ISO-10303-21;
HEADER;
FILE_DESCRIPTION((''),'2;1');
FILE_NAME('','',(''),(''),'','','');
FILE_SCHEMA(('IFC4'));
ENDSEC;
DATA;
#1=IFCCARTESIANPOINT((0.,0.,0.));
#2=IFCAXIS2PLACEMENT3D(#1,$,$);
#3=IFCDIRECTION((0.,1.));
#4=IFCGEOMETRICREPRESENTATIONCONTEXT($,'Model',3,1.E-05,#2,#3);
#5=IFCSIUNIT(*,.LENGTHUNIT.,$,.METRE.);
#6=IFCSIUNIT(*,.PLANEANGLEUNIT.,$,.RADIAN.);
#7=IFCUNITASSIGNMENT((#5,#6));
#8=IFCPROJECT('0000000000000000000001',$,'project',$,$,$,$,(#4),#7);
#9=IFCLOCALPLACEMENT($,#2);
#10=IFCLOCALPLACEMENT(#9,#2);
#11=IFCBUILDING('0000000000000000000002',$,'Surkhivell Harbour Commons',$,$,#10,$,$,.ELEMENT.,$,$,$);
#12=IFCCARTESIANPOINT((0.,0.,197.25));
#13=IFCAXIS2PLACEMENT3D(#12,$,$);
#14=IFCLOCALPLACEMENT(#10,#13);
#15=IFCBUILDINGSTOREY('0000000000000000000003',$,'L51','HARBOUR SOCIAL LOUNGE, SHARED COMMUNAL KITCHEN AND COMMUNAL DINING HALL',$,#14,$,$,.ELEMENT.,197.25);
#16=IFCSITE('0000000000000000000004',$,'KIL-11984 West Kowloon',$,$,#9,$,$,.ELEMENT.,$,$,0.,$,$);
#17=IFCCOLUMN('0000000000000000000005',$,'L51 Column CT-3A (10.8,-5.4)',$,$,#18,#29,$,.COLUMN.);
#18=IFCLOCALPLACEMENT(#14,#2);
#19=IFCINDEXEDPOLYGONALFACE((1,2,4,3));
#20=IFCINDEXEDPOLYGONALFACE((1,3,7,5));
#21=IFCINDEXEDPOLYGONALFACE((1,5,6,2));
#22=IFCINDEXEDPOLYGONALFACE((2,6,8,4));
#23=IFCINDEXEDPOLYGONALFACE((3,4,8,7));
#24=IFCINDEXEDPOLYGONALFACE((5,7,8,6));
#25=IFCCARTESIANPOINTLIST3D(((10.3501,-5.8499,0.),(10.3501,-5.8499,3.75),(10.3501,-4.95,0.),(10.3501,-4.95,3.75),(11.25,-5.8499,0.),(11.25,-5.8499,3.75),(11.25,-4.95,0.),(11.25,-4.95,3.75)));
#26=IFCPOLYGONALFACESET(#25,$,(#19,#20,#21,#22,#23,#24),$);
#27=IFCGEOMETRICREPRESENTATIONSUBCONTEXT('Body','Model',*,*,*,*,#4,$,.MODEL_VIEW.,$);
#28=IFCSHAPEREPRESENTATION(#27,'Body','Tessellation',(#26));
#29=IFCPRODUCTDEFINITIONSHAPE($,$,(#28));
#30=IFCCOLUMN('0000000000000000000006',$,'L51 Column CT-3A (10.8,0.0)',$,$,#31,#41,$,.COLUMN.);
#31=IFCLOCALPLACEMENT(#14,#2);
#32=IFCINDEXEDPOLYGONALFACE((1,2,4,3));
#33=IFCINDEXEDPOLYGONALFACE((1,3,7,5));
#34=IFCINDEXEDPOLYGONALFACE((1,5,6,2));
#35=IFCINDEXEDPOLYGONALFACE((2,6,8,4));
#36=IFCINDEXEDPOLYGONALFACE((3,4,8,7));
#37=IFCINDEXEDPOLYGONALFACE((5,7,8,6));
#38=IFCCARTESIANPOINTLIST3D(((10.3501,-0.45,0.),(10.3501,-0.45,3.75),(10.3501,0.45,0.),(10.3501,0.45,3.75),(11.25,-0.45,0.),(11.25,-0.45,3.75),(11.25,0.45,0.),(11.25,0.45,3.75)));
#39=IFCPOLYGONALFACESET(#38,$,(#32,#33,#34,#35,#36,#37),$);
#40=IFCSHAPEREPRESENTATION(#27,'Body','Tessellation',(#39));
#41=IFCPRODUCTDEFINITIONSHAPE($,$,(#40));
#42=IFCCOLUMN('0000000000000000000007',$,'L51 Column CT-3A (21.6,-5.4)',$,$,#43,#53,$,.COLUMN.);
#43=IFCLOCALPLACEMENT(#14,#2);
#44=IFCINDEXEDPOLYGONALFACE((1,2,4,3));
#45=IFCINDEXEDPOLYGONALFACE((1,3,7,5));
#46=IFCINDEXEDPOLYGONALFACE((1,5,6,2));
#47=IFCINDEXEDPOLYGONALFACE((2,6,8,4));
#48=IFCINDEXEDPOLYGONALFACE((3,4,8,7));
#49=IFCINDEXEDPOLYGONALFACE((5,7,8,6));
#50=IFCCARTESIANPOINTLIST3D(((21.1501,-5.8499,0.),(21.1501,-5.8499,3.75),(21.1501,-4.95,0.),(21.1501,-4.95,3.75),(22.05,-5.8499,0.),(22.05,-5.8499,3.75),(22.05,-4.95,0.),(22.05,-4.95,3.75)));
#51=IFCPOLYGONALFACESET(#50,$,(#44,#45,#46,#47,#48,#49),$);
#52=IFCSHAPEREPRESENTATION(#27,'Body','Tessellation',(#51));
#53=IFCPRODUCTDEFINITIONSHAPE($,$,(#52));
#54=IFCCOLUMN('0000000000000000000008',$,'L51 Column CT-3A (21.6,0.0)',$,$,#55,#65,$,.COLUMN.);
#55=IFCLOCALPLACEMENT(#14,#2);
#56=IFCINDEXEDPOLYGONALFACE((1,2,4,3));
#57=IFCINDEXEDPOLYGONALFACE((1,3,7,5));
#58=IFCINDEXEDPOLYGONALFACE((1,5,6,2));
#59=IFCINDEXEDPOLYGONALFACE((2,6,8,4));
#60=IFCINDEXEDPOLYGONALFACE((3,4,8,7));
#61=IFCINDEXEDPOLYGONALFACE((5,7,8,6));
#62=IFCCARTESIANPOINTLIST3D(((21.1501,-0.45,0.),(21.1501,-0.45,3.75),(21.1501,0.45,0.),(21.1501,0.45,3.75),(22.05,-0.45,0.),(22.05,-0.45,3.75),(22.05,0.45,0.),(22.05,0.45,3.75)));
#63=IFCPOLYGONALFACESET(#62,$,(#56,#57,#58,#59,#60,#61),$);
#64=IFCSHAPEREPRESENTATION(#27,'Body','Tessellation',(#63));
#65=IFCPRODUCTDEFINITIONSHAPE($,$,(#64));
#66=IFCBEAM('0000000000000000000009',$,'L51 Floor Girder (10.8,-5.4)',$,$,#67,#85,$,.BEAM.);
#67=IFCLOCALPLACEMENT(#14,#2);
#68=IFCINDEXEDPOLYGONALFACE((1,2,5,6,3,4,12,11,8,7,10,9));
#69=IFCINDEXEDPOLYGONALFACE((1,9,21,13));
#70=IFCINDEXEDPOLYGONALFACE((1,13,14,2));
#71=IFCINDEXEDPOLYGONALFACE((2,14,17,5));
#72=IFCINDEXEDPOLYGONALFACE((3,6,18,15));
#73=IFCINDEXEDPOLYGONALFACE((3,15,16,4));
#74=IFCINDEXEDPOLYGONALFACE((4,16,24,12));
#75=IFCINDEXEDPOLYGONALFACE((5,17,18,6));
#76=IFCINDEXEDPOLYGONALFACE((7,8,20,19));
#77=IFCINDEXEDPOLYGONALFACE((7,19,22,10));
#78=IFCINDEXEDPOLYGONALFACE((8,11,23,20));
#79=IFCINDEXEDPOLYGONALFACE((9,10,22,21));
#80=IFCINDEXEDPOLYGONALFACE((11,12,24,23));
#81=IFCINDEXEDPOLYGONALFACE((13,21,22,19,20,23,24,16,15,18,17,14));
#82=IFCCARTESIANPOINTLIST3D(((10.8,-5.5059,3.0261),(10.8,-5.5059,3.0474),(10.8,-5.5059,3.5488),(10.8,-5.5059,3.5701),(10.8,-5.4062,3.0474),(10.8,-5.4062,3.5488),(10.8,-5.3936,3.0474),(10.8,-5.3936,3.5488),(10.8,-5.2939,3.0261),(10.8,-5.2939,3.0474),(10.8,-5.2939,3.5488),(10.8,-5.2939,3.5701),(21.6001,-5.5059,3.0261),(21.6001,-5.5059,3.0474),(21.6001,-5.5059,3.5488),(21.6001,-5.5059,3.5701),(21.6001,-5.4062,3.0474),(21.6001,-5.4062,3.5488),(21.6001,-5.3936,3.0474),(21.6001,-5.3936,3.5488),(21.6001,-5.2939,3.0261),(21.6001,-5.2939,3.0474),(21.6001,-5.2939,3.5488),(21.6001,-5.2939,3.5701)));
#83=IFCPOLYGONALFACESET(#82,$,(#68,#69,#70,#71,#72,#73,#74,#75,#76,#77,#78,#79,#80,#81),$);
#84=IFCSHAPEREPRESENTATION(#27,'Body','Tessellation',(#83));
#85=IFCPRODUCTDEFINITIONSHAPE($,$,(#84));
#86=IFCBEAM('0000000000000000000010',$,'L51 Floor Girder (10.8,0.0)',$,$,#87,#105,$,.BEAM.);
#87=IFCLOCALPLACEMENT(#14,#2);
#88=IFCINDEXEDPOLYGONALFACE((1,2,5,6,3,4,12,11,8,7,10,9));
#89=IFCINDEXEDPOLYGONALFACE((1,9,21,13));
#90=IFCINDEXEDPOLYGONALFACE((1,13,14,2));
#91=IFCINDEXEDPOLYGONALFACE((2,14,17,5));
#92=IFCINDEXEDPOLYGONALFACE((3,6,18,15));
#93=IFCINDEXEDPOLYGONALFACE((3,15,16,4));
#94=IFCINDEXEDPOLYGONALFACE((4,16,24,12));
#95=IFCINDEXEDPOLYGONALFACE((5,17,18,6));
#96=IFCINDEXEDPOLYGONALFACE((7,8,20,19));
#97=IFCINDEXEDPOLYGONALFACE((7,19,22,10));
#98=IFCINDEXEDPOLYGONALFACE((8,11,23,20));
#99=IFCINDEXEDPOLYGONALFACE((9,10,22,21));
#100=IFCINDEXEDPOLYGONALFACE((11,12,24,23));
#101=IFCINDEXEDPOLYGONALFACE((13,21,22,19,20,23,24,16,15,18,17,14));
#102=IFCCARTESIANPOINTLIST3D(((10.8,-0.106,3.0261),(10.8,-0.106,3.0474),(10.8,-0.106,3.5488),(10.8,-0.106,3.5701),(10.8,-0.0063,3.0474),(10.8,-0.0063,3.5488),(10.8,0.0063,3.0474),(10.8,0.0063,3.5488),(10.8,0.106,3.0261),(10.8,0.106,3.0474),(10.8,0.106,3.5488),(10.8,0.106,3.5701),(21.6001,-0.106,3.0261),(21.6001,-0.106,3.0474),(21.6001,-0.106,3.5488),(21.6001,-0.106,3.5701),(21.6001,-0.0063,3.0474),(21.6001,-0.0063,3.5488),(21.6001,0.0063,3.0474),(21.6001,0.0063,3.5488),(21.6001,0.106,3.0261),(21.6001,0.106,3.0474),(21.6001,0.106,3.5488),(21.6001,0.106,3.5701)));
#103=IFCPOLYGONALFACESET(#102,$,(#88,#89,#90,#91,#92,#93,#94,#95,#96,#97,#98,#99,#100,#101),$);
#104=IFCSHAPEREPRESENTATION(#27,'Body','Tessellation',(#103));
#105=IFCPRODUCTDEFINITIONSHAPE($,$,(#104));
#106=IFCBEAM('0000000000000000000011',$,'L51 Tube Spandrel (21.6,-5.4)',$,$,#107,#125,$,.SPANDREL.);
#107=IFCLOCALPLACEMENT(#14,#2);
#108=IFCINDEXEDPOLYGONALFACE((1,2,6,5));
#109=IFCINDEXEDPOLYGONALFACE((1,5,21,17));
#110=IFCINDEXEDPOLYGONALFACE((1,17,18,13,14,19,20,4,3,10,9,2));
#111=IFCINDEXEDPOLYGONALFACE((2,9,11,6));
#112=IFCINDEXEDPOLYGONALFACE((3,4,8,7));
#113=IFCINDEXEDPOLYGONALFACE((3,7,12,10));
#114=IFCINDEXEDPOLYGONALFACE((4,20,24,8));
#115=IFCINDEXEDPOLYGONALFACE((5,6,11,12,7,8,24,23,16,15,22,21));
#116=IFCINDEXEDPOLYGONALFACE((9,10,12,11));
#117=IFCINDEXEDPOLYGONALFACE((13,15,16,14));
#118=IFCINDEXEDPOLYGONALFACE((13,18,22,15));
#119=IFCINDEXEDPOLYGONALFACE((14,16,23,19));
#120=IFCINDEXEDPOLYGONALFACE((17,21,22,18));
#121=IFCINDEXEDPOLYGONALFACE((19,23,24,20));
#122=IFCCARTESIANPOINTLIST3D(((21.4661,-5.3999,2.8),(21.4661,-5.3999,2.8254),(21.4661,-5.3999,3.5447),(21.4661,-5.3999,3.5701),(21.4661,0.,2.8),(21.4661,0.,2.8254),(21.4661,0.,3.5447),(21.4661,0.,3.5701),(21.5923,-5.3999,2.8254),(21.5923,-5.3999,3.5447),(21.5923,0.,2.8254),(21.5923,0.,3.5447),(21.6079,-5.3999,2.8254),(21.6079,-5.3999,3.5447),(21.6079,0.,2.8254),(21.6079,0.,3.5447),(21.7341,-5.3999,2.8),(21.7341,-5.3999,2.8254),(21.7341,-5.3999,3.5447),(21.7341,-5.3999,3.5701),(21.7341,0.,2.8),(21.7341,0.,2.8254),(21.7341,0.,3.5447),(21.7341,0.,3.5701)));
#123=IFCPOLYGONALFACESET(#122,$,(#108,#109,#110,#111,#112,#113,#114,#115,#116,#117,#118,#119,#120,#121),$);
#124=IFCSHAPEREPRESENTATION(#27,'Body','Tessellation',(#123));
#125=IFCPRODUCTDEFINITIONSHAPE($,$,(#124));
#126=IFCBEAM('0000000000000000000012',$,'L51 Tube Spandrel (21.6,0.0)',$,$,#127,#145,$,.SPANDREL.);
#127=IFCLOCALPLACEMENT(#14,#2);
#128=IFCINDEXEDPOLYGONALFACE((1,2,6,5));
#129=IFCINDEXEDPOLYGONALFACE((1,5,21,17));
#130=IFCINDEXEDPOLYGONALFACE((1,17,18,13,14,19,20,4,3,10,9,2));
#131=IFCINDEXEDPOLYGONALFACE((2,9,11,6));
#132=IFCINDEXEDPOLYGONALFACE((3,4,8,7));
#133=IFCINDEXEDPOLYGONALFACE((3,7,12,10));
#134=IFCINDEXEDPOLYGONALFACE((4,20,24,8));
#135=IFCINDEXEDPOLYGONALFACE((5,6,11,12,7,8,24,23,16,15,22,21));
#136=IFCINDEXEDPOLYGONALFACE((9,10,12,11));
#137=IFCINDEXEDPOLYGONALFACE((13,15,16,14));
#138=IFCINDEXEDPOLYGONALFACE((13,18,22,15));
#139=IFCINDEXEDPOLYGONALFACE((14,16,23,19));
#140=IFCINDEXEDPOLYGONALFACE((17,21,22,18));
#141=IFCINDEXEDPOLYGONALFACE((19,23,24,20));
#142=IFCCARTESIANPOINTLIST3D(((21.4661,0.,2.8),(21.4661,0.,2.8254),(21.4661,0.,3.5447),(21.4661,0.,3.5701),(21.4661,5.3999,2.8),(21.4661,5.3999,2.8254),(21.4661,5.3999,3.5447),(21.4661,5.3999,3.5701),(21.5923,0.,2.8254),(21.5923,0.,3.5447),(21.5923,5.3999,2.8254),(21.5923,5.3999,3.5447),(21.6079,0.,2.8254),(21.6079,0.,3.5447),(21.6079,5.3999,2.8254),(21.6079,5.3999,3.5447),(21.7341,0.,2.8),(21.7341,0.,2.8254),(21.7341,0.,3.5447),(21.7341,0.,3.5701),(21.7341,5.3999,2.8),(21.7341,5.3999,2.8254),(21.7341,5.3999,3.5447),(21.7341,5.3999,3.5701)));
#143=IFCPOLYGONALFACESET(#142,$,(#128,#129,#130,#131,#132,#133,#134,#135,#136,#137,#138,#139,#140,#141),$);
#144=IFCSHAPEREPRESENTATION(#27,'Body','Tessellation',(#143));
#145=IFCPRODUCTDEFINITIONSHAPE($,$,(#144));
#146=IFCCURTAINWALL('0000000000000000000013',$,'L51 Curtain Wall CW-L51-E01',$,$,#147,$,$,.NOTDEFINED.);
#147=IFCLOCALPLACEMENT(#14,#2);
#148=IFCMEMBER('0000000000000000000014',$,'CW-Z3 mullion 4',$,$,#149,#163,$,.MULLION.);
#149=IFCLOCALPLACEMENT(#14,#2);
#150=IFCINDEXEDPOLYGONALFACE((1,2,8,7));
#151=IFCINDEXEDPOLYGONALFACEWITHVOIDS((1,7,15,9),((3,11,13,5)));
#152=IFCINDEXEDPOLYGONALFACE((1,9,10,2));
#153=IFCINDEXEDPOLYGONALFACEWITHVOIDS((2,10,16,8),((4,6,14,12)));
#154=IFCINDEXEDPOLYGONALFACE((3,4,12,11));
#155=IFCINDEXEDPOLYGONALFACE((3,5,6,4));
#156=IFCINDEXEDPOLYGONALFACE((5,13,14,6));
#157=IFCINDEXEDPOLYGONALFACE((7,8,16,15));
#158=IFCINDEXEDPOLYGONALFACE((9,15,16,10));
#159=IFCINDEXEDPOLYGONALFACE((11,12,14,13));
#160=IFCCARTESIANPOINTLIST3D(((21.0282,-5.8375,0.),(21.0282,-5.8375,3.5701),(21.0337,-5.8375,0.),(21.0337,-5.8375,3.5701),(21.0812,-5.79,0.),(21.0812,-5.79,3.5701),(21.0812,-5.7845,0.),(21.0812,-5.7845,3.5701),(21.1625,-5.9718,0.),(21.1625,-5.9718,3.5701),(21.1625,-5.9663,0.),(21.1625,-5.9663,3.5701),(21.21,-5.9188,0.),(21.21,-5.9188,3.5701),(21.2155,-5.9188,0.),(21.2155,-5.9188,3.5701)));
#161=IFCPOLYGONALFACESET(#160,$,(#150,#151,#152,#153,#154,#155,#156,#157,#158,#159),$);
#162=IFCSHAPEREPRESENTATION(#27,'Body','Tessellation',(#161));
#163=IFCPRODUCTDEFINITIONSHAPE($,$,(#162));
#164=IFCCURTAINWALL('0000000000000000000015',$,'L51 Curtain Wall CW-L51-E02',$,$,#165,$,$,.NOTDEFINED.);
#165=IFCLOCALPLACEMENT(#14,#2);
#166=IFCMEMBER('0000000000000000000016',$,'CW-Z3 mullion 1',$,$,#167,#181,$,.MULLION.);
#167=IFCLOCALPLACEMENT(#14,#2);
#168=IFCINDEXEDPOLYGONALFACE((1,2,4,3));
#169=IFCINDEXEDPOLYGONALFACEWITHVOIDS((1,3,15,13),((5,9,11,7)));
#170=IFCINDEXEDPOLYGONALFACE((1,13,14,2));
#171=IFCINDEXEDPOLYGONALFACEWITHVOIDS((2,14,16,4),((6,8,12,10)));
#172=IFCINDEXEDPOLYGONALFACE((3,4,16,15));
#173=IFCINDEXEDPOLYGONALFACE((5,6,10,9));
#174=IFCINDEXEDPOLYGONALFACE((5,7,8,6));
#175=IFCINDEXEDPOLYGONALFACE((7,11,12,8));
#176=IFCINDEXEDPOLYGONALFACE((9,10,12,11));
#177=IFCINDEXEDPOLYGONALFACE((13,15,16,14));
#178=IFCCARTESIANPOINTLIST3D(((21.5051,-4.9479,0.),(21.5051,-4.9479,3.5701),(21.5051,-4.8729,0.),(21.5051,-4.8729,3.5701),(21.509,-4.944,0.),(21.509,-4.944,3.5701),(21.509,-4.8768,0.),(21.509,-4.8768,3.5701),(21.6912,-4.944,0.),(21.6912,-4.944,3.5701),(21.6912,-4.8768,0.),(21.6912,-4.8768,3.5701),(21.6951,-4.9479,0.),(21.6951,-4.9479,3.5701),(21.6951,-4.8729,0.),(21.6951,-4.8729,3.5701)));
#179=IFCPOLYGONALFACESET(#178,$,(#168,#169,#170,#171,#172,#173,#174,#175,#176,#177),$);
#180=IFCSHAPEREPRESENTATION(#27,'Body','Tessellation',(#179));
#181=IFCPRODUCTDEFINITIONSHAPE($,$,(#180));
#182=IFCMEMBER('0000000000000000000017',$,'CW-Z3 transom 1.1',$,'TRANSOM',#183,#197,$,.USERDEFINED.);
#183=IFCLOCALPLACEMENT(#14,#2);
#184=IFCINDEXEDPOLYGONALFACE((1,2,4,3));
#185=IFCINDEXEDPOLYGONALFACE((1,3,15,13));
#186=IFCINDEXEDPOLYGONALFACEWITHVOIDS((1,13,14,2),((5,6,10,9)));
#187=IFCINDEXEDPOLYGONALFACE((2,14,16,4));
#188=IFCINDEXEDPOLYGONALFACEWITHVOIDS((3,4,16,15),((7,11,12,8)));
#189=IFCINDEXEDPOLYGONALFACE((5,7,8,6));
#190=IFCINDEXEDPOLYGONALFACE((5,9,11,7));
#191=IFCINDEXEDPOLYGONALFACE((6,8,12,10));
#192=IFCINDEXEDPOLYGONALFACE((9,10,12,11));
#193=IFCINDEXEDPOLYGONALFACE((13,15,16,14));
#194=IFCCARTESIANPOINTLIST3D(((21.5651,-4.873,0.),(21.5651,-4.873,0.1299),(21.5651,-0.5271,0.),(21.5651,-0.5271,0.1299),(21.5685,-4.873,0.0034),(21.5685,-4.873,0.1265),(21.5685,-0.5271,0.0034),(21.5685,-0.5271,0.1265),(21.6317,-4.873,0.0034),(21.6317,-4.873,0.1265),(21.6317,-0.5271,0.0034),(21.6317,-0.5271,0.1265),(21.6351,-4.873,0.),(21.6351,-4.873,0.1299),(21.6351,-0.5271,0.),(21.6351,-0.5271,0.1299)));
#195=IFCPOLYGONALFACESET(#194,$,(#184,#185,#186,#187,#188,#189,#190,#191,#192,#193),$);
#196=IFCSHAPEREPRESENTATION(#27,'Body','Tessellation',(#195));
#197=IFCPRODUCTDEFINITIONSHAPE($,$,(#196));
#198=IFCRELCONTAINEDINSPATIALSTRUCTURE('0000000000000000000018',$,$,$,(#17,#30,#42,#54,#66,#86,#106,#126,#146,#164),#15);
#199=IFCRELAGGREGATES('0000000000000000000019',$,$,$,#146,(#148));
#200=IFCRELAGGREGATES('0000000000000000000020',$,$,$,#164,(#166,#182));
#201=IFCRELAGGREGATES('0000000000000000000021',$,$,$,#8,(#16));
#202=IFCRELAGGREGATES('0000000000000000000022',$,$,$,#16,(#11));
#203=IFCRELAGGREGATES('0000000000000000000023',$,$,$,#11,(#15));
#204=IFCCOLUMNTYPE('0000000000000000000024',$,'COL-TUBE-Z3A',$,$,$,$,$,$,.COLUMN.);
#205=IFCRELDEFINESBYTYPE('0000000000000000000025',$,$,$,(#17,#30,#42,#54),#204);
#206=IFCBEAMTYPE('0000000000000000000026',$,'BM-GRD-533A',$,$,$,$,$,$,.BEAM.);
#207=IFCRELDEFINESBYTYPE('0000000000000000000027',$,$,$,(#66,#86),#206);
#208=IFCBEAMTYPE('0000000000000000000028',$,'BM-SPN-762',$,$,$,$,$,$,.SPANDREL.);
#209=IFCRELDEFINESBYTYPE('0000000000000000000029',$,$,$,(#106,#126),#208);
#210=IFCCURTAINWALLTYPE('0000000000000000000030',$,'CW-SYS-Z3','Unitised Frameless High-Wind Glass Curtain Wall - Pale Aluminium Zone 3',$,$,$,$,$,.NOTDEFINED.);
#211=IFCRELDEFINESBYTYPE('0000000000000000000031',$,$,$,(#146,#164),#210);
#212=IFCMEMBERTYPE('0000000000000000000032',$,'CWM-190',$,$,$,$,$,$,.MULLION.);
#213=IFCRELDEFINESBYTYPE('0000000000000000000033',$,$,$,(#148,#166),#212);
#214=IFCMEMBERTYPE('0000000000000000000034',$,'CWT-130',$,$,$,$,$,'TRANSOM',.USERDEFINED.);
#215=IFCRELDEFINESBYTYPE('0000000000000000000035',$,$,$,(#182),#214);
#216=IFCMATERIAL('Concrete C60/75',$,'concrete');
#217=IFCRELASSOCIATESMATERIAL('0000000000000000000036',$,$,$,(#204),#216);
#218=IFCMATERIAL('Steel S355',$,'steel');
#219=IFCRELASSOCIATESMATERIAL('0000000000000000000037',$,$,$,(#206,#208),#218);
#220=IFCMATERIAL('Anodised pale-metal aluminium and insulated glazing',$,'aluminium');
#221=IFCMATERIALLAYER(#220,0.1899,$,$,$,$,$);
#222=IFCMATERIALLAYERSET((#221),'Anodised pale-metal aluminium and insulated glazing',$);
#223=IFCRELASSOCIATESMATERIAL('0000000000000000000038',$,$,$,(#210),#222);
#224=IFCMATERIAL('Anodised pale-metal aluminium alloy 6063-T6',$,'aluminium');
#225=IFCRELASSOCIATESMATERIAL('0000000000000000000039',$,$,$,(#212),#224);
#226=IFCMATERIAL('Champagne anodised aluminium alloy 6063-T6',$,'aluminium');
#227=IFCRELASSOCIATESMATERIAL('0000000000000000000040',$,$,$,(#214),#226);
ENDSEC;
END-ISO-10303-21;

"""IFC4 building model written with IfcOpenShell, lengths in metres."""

from ifc_helpers import new_model, si_unit, direction, frame, origin, origin_2d, place, context, subcontext, project, spatial, rectangle, hollow_rectangle, i_section, extrude, material, layer, layer_set, material_profile, profile_set, type_object, element, aggregate, save


model = new_model("IFC4")

# Units and contexts
model_context = context("Model", 3, precision=1e-05, world=origin(), true_north=direction((0.0, 1.0)))
body_context = subcontext(model_context, "Body", "Model", "MODEL_VIEW")
ifc_project = project(units=[si_unit("LENGTHUNIT", "METRE"), si_unit("PLANEANGLEUNIT", "RADIAN")], contexts=[model_context])

# Site, building, storey
site_placement = place(None, origin())
site = spatial("IfcSite", under=ifc_project, at=site_placement, Name="KIL-11984 West Kowloon", CompositionType="ELEMENT", RefElevation=0.0)
building_placement = place(site_placement, origin())
building = spatial("IfcBuilding", under=site, at=building_placement, Name="Surkhivell Harbour Commons", CompositionType="ELEMENT")
storey_placement = place(building_placement, frame((0.0, 0.0, 197.25)))
storey = spatial("IfcBuildingStorey", under=building, at=storey_placement, Name="L51", Description="HARBOUR SOCIAL LOUNGE, SHARED COMMUNAL KITCHEN AND COMMUNAL DINING HALL", CompositionType="ELEMENT", Elevation=197.25)

# Columns
ifc_material_1 = material(Name="Concrete C60/75", Category="concrete")
ifc_material_profile_1 = material_profile(ifc_material_1, rectangle(XDim=0.8999, YDim=0.8999, at=origin_2d()), Name="RC-COL-900x900")
ifc_profile_set_1 = profile_set([ifc_material_profile_1], Name="Concrete C60/75")
column_type = type_object("IfcColumnType", Name="COL-TUBE-Z3A", PredefinedType="COLUMN", material=ifc_profile_set_1)
for number, where, z_axis, x_axis, name in (
    (1, (10.8, -5.3999, 0.0), (0.0, 0.0, 1.0), (1.0, 0.0, 0.0), "L51 Column CT-3A (10.8,-5.4)"),
    (2, (10.8, 0.0, 0.0), (0.0, 0.0, 1.0), (1.0, 0.0, 0.0), "L51 Column CT-3A (10.8,0.0)"),
    (3, (21.6001, -5.3999, 0.0), (0.0, 0.0, 1.0), (1.0, 0.0, 0.0), "L51 Column CT-3A (21.6,-5.4)"),
    (4, (21.6001, 0.0, 0.0), (0.0, 0.0, 1.0), (1.0, 0.0, 0.0), "L51 Column CT-3A (21.6,0.0)"),
):
    element("IfcColumn", number, at=place(storey_placement, frame(where, z_axis=z_axis, x_axis=x_axis)), inside=storey, type_object=column_type, Name=name, PredefinedType="COLUMN", context=body_context, shape_type="SweptSolid", body=[
        extrude(rectangle(XDim=0.8999, YDim=0.8999, at=origin_2d()), origin(), (0.0, 0.0, 1.0), 3.75),
    ])

# Beams
ifc_material_2 = material(Name="Steel S355", Category="steel")
ifc_material_profile_2 = material_profile(ifc_material_2, i_section(OverallWidth=0.2119, OverallDepth=0.5439, WebThickness=0.0127, FlangeThickness=0.0212, at=origin_2d()), Name="UB533x210x122")
ifc_profile_set_2 = profile_set([ifc_material_profile_2], Name="Steel S355")
beam_type_1 = type_object("IfcBeamType", Name="BM-GRD-533A", PredefinedType="BEAM", material=ifc_profile_set_2)
for number, where, z_axis, x_axis, name in (
    (5, (10.8, -5.3999, 3.2981), (1.0, 0.0, 0.0), (0.0, 1.0, 0.0), "L51 Floor Girder (10.8,-5.4)"),
    (6, (10.8, 0.0, 3.2981), (1.0, 0.0, 0.0), (0.0, 1.0, 0.0), "L51 Floor Girder (10.8,0.0)"),
):
    element("IfcBeam", number, at=place(storey_placement, frame(where, z_axis=z_axis, x_axis=x_axis)), inside=storey, type_object=beam_type_1, Name=name, PredefinedType="BEAM", context=body_context, shape_type="SweptSolid", body=[
        extrude(i_section(OverallWidth=0.2119, OverallDepth=0.5439, WebThickness=0.0127, FlangeThickness=0.0212, at=origin_2d()), origin(), (0.0, 0.0, 1.0), 10.8),
    ])
ifc_material_profile_3 = material_profile(ifc_material_2, i_section(OverallWidth=0.2681, OverallDepth=0.77, WebThickness=0.0156, FlangeThickness=0.0254, at=origin_2d()), Name="UB762x267x197")
ifc_profile_set_3 = profile_set([ifc_material_profile_3], Name="Steel S355")
beam_type_2 = type_object("IfcBeamType", Name="BM-SPN-762", PredefinedType="SPANDREL", material=ifc_profile_set_3)
for number, where, z_axis, x_axis, name in (
    (7, (21.6001, -5.3999, 3.1851), (0.0, 1.0, 0.0), (-1.0, 0.0, 0.0), "L51 Tube Spandrel (21.6,-5.4)"),
    (8, (21.6001, 0.0, 3.1851), (0.0, 1.0, 0.0), (-1.0, 0.0, 0.0), "L51 Tube Spandrel (21.6,0.0)"),
):
    element("IfcBeam", number, at=place(storey_placement, frame(where, z_axis=z_axis, x_axis=x_axis)), inside=storey, type_object=beam_type_2, Name=name, PredefinedType="SPANDREL", context=body_context, shape_type="SweptSolid", body=[
        extrude(i_section(OverallWidth=0.2681, OverallDepth=0.77, WebThickness=0.0156, FlangeThickness=0.0254, at=origin_2d()), origin(), (0.0, 0.0, 1.0), 5.3999),
    ])

# Curtain wall, member
ifc_material_3 = material(Name="Anodised pale-metal aluminium and insulated glazing", Category="aluminium")
ifc_layer_1 = layer(ifc_material_3, 0.1899)
ifc_layer_set_1 = layer_set([ifc_layer_1], Name="Anodised pale-metal aluminium and insulated glazing")
curtain_wall_type = type_object("IfcCurtainWallType", Name="CW-SYS-Z3", Description="Unitised Frameless High-Wind Glass Curtain Wall - Pale Aluminium Zone 3", PredefinedType="NOTDEFINED", material=ifc_layer_set_1)
curtain_wall_1_placement = place(storey_placement, origin())
curtain_wall_1 = element("IfcCurtainWall", 9, at=curtain_wall_1_placement, inside=storey, type_object=curtain_wall_type, Name="L51 Curtain Wall CW-L51-E01", PredefinedType="NOTDEFINED")
ifc_material_4 = material(Name="Anodised pale-metal aluminium alloy 6063-T6", Category="aluminium")
ifc_material_profile_4 = material_profile(ifc_material_4, hollow_rectangle(XDim=0.075, YDim=0.1899, WallThickness=0.0039, at=origin_2d()), Name="ALU-MULL-75x190")
ifc_profile_set_4 = profile_set([ifc_material_profile_4], Name="Anodised pale-metal aluminium alloy 6063-T6")
member_type_1 = type_object("IfcMemberType", Name="CWM-190", PredefinedType="MULLION", material=ifc_profile_set_4)
member_1_placement = place(storey_placement, frame((21.1218, -5.8782, 0.0), z_axis=(0.0, 0.0, 1.0), x_axis=(0.707107, 0.707107, 0.0)))
member_1 = element("IfcMember", 10, at=member_1_placement, type_object=member_type_1, Name="CW-Z3 mullion 4", PredefinedType="MULLION", context=body_context, shape_type="SweptSolid", body=[
    extrude(hollow_rectangle(XDim=0.075, YDim=0.1899, WallThickness=0.0039, at=origin_2d()), origin(), (0.0, 0.0, 1.0), 3.5701),
])
aggregate(curtain_wall_1, [member_1])

# Curtain wall, members
curtain_wall_2_placement = place(storey_placement, origin())
curtain_wall_2 = element("IfcCurtainWall", 11, at=curtain_wall_2_placement, inside=storey, type_object=curtain_wall_type, Name="L51 Curtain Wall CW-L51-E02", PredefinedType="NOTDEFINED")
member_2_placement = place(storey_placement, frame((21.6001, -4.9104, 0.0), z_axis=(0.0, 0.0, 1.0), x_axis=(0.0, 1.0, 0.0)))
member_2 = element("IfcMember", 12, at=member_2_placement, type_object=member_type_1, Name="CW-Z3 mullion 1", PredefinedType="MULLION", context=body_context, shape_type="SweptSolid", body=[
    extrude(hollow_rectangle(XDim=0.075, YDim=0.1899, WallThickness=0.0039, at=origin_2d()), origin(), (0.0, 0.0, 1.0), 3.5701),
])
ifc_material_5 = material(Name="Champagne anodised aluminium alloy 6063-T6", Category="aluminium")
ifc_material_profile_5 = material_profile(ifc_material_5, hollow_rectangle(XDim=0.0701, YDim=0.1299, WallThickness=0.0034, at=origin_2d()), Name="ALU-TRAN-70x130")
ifc_profile_set_5 = profile_set([ifc_material_profile_5], Name="Champagne anodised aluminium alloy 6063-T6")
member_type_2 = type_object("IfcMemberType", Name="CWT-130", ElementType="TRANSOM", PredefinedType="USERDEFINED", material=ifc_profile_set_5)
member_3_placement = place(storey_placement, frame((21.6001, -4.873, 0.0649), z_axis=(0.0, 1.0, 0.0), x_axis=(-1.0, 0.0, 0.0)))
member_3 = element("IfcMember", 13, at=member_3_placement, type_object=member_type_2, Name="CW-Z3 transom 1.1", ObjectType="TRANSOM", PredefinedType="USERDEFINED", context=body_context, shape_type="SweptSolid", body=[
    extrude(hollow_rectangle(XDim=0.0701, YDim=0.1299, WallThickness=0.0034, at=origin_2d()), origin(), (0.0, 0.0, 1.0), 4.3459),
])
aggregate(curtain_wall_2, [member_2, member_3])

save(model, "model.ifc")
